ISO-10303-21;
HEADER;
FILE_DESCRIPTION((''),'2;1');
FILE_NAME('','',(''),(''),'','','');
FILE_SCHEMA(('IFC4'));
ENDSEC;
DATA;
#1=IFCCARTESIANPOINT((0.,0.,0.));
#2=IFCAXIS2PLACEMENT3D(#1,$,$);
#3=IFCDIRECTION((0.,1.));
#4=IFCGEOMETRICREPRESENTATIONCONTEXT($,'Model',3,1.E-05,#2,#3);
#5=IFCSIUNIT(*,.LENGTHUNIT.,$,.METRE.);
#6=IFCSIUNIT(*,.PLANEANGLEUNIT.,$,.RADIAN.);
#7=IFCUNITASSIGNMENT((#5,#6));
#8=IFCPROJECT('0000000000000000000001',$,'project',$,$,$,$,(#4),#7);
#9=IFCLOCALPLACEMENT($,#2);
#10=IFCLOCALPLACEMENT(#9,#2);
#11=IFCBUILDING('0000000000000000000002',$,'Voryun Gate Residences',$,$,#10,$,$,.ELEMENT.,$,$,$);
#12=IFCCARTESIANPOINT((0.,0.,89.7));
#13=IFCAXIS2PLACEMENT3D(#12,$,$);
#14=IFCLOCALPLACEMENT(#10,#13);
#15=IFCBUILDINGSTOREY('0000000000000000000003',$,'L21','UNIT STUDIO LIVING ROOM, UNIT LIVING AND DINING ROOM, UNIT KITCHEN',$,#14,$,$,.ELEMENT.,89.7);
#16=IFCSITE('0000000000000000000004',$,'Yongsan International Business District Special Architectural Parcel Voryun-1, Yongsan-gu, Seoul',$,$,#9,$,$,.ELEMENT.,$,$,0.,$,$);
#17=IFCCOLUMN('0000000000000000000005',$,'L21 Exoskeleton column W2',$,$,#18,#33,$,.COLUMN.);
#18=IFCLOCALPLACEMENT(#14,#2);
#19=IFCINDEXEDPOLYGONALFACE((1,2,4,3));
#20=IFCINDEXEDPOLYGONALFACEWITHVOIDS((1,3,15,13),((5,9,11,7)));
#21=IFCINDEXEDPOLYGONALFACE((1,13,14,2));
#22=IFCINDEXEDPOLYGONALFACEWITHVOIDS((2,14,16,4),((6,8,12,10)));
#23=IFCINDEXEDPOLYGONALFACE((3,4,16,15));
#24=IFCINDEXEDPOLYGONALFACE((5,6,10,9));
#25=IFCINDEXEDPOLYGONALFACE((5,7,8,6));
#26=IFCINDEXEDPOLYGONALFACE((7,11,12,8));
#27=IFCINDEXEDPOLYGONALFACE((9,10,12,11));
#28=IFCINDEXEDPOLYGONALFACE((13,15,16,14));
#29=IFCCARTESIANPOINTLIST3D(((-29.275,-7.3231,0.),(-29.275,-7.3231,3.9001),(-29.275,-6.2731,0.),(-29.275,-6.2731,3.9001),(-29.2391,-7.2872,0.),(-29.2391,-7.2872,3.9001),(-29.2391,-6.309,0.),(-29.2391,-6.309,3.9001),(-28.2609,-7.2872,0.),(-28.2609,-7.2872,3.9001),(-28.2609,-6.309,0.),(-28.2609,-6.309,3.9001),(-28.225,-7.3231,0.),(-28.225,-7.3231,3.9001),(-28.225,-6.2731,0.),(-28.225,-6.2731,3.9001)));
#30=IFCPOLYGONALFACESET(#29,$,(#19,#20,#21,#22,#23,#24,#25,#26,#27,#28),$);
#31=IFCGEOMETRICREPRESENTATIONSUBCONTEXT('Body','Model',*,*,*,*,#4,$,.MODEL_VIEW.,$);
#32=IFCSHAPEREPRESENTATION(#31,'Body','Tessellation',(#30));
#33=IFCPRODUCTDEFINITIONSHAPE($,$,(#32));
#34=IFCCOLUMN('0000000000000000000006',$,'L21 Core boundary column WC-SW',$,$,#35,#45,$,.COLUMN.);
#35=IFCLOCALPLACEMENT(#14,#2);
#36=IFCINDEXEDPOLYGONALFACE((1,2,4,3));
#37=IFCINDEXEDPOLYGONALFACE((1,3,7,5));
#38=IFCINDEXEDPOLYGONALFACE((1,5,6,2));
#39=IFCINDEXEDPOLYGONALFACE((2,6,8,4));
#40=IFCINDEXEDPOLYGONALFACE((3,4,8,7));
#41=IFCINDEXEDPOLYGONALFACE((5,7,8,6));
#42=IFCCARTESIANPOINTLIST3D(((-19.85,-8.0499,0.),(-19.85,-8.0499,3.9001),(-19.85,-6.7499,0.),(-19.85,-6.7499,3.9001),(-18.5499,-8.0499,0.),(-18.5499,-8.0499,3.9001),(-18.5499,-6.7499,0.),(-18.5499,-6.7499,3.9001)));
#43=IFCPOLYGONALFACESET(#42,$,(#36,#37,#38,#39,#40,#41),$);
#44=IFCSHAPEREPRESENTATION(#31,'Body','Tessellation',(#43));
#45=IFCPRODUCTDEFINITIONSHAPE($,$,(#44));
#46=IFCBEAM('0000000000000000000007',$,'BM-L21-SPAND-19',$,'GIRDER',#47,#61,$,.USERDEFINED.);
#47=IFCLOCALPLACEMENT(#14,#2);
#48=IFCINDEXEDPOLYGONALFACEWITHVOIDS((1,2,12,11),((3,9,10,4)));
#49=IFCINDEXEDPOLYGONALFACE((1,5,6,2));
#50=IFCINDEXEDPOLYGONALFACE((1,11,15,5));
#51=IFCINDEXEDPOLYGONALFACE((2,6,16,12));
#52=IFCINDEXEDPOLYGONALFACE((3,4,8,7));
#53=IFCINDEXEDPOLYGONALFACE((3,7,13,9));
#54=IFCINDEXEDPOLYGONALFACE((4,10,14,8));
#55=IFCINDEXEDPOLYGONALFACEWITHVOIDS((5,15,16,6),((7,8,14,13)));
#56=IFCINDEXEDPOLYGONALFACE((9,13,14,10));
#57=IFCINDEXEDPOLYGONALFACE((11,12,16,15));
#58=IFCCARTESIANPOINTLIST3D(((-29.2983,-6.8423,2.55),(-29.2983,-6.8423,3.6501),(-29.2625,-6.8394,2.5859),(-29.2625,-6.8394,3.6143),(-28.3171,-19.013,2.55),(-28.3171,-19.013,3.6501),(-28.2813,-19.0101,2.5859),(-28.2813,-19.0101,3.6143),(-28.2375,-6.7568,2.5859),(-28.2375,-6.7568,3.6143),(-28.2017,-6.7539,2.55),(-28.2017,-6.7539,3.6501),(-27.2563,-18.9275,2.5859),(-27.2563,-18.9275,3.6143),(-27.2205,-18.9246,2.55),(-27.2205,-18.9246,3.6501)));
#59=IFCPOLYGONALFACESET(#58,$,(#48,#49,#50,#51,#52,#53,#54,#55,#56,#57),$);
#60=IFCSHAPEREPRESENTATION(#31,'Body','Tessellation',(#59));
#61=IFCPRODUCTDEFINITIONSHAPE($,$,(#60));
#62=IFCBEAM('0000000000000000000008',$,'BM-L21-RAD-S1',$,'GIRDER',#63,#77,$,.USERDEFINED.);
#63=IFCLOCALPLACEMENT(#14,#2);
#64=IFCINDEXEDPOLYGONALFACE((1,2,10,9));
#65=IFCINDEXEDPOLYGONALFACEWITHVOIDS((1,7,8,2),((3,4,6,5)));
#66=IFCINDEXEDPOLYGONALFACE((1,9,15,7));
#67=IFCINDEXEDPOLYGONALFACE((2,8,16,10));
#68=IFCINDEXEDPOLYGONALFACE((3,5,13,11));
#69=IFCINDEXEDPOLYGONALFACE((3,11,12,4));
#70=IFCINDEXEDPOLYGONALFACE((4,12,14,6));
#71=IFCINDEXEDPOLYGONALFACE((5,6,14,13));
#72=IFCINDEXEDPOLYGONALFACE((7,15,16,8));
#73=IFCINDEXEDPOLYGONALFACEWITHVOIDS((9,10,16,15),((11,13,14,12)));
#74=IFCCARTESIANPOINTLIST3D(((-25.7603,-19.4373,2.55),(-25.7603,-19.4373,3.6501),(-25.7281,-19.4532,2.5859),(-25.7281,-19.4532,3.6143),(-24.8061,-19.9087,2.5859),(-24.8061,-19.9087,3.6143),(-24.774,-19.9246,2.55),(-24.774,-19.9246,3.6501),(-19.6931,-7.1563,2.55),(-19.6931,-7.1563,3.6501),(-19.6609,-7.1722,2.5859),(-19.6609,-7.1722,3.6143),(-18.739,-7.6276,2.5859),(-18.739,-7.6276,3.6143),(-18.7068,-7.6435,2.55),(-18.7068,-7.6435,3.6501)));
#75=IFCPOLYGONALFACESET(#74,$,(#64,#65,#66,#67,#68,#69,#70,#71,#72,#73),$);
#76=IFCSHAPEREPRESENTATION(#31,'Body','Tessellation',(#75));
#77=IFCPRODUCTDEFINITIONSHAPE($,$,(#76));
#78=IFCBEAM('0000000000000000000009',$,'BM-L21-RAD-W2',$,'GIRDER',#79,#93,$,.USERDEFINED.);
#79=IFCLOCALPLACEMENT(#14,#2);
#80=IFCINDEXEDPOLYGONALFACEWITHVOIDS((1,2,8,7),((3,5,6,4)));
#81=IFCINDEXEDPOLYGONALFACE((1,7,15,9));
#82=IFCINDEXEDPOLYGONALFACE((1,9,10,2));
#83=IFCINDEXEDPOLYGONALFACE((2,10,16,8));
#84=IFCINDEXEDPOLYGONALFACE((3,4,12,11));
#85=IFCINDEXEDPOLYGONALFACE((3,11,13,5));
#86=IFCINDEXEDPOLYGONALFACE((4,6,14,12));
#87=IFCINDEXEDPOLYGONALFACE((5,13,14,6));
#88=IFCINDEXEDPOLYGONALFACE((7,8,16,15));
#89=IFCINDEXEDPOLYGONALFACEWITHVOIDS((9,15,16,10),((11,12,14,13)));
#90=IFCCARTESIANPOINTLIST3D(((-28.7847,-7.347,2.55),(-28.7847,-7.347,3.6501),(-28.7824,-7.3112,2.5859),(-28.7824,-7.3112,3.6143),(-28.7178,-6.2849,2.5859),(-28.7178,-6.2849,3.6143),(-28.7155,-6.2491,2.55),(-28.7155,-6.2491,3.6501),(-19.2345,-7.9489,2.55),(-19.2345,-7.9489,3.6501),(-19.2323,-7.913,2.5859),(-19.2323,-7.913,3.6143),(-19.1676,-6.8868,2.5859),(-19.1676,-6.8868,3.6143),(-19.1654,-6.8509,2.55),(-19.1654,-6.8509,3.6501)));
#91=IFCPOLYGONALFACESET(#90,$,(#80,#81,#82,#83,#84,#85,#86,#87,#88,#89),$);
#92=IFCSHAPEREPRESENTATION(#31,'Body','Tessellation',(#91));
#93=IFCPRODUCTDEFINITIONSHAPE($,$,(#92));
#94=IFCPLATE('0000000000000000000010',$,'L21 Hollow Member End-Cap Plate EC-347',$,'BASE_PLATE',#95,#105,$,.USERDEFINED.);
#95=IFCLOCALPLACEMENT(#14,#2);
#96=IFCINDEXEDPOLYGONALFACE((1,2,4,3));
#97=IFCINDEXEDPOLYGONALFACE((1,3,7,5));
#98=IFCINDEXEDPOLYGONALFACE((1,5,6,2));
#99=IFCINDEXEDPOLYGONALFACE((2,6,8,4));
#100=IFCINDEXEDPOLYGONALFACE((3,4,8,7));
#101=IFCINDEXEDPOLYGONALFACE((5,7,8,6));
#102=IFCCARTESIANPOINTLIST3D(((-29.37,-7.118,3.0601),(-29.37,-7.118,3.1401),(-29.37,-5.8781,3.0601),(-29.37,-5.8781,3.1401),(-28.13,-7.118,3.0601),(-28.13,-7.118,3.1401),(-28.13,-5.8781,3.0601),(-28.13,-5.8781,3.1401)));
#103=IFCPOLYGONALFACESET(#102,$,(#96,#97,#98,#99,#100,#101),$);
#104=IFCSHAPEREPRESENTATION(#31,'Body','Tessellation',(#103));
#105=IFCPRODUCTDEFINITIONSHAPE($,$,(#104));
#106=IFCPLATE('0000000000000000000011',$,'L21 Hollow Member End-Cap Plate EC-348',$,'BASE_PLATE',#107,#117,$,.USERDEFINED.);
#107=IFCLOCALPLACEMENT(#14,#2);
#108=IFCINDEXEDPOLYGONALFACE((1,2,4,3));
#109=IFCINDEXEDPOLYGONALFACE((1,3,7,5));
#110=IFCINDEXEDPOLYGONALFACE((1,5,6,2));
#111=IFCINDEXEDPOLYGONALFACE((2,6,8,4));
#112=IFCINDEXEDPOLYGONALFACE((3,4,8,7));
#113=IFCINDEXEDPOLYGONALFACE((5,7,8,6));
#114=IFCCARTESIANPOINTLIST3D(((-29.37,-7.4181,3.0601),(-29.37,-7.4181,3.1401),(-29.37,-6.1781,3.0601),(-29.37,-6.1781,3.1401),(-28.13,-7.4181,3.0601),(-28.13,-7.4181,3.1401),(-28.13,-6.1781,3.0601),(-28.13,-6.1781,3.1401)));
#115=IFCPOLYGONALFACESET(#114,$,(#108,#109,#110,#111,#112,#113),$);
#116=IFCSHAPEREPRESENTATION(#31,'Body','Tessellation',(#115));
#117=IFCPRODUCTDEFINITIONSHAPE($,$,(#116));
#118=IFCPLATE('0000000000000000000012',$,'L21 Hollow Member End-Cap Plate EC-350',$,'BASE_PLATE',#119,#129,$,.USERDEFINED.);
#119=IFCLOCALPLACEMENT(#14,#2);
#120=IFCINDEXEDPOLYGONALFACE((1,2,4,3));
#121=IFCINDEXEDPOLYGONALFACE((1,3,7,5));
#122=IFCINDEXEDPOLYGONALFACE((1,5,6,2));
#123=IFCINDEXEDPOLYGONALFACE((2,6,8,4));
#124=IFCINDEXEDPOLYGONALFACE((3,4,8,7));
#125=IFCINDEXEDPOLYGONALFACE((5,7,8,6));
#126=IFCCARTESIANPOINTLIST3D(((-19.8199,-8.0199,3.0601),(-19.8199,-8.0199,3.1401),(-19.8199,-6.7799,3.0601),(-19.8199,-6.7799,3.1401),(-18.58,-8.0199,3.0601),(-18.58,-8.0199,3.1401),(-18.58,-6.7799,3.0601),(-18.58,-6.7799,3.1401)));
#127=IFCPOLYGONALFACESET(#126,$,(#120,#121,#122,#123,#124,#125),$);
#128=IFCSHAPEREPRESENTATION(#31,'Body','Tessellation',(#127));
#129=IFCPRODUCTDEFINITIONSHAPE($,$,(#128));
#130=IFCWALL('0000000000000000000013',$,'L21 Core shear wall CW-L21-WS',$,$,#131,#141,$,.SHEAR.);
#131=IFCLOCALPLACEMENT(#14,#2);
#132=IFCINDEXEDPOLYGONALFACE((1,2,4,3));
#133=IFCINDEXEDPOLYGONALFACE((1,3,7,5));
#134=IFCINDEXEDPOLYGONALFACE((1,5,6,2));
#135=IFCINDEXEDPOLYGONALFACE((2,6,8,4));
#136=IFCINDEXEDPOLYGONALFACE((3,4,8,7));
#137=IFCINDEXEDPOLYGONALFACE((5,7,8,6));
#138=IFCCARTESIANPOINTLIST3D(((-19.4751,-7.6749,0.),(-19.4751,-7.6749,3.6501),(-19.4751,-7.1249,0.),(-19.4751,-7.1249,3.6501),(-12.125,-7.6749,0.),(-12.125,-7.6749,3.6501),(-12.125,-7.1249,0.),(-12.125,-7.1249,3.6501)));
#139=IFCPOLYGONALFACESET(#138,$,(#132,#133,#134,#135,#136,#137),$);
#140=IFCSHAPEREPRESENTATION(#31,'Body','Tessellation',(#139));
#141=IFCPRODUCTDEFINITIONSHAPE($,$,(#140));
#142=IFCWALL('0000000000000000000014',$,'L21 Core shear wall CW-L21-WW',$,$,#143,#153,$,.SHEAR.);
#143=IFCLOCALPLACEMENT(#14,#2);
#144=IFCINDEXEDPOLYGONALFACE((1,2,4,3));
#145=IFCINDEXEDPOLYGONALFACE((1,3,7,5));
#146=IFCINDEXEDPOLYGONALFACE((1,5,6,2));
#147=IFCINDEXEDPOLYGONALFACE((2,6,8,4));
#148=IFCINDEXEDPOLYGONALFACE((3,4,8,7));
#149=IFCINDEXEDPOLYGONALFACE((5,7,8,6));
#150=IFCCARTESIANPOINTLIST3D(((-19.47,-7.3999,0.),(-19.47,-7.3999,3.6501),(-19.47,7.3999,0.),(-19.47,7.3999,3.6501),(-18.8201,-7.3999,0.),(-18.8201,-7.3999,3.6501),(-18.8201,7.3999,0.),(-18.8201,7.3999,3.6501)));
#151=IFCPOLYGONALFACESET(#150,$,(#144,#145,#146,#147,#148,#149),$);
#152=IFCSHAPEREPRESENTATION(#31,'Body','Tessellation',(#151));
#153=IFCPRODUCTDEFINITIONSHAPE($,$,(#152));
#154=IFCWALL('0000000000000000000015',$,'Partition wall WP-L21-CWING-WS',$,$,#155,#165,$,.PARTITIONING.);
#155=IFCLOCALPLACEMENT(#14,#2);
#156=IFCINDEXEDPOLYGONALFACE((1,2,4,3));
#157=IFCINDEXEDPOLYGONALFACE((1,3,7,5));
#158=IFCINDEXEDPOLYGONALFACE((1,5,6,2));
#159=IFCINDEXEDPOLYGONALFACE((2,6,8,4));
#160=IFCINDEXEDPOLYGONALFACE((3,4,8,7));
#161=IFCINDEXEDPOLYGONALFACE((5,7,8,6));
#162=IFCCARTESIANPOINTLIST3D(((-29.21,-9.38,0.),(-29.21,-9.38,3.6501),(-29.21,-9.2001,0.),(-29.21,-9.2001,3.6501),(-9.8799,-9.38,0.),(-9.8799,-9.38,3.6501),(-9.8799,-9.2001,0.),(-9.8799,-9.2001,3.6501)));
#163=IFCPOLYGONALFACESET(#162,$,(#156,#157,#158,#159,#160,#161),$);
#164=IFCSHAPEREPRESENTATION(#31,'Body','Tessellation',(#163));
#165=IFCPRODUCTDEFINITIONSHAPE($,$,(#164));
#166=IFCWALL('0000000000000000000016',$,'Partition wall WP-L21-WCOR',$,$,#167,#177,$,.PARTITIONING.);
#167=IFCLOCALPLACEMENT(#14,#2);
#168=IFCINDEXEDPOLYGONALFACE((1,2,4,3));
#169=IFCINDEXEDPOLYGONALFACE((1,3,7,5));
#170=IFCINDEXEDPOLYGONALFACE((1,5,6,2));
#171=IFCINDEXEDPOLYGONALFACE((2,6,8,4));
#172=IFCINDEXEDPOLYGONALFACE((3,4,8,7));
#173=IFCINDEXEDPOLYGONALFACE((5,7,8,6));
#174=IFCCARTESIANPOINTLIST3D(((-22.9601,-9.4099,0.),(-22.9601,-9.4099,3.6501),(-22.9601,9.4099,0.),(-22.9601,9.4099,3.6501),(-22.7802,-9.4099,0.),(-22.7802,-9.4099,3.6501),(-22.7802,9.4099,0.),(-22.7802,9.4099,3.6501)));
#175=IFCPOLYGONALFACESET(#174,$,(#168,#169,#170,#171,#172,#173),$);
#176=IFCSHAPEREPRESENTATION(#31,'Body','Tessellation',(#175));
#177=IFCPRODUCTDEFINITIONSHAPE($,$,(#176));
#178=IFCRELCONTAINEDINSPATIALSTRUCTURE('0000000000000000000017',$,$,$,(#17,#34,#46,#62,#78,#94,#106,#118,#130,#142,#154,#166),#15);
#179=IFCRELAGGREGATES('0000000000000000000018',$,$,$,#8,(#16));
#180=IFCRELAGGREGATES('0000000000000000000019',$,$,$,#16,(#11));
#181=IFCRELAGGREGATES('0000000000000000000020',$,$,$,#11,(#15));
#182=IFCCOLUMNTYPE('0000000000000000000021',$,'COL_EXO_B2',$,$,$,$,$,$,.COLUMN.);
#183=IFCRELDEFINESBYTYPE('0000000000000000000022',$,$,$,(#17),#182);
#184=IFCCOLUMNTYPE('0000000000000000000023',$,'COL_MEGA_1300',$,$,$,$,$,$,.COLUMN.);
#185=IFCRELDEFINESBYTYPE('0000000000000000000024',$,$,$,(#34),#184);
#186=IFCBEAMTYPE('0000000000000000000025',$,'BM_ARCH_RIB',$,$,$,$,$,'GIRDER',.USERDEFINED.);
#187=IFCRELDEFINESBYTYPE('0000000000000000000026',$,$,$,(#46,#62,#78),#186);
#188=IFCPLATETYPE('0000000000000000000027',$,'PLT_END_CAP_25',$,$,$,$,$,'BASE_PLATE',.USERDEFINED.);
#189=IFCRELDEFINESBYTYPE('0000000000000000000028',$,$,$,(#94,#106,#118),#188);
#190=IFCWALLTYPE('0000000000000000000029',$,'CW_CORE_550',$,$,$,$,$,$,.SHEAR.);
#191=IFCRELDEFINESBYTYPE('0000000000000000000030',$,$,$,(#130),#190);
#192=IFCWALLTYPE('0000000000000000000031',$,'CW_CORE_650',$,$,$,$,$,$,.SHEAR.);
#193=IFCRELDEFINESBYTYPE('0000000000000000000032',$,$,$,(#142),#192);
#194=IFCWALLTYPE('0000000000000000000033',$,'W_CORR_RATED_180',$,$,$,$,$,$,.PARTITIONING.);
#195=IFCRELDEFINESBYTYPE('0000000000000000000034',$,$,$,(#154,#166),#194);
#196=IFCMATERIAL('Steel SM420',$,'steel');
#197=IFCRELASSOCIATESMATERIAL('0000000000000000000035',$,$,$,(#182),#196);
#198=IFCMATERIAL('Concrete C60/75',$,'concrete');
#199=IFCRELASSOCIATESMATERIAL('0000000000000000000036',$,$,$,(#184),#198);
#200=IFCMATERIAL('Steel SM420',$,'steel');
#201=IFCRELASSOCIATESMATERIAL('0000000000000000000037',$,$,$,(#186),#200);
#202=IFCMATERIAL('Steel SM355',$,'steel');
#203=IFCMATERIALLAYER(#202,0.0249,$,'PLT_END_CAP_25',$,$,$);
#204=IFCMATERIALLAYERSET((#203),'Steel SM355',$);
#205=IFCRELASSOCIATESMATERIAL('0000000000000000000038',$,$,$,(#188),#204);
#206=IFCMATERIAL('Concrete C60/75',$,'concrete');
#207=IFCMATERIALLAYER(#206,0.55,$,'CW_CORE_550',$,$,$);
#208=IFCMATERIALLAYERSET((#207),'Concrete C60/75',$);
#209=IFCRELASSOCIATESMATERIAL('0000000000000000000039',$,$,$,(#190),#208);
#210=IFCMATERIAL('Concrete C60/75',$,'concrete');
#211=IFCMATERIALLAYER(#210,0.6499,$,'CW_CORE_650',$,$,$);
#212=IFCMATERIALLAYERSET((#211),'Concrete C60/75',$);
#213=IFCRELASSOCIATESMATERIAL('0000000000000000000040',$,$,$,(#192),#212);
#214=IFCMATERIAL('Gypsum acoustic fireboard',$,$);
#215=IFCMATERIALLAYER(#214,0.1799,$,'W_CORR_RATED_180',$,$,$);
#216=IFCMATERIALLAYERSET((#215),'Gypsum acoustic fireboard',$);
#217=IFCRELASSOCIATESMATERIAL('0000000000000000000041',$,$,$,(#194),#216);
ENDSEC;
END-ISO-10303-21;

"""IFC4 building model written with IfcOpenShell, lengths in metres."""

from ifc_helpers import new_model, si_unit, direction, frame, frame_2d, origin, origin_2d, place, context, subcontext, project, spatial, rectangle, hollow_rectangle, extrude, material, layer, layer_set, material_profile, profile_set, type_object, element, save


model = new_model("IFC4")

# Units and contexts
model_context = context("Model", 3, precision=1e-05, world=origin(), true_north=direction((0.0, 1.0)))
body_context = subcontext(model_context, "Body", "Model", "MODEL_VIEW")
ifc_project = project(units=[si_unit("LENGTHUNIT", "METRE"), si_unit("PLANEANGLEUNIT", "RADIAN")], contexts=[model_context])

# Site, building, storey
site_placement = place(None, origin())
site = spatial("IfcSite", under=ifc_project, at=site_placement, Name="Yongsan International Business District Special Architectural Parcel Voryun-1, Yongsan-gu, Seoul", CompositionType="ELEMENT", RefElevation=0.0)
building_placement = place(site_placement, origin())
building = spatial("IfcBuilding", under=site, at=building_placement, Name="Voryun Gate Residences", CompositionType="ELEMENT")
storey_placement = place(building_placement, frame((0.0, 0.0, 89.7)))
storey = spatial("IfcBuildingStorey", under=building, at=storey_placement, Name="L21", Description="UNIT STUDIO LIVING ROOM, UNIT LIVING AND DINING ROOM, UNIT KITCHEN", CompositionType="ELEMENT", Elevation=89.7)

# Columns
ifc_material_1 = material(Name="Steel SM420", Category="steel")
ifc_material_profile_1 = material_profile(ifc_material_1, hollow_rectangle(XDim=1.05, YDim=1.05, WallThickness=0.0359, at=origin_2d()), Name="BOX-1050x1050x36")
ifc_profile_set_1 = profile_set([ifc_material_profile_1], Name="Steel SM420")
column_type_1 = type_object("IfcColumnType", Name="COL_EXO_B2", PredefinedType="COLUMN", material=ifc_profile_set_1)
column_1_placement = place(storey_placement, frame((-28.75, -6.7981, 0.0), z_axis=(0.0, 0.0, 1.0), x_axis=(1.0, 0.0, 0.0)))
element("IfcColumn", 1, at=column_1_placement, inside=storey, type_object=column_type_1, Name="L21 Exoskeleton column W2", PredefinedType="COLUMN", context=body_context, shape_type="SweptSolid", body=[
    extrude(hollow_rectangle(XDim=1.05, YDim=1.05, WallThickness=0.0359, at=origin_2d()), origin(), (0.0, 0.0, 1.0), 3.9001),
])
ifc_material_2 = material(Name="Concrete C60/75", Category="concrete")
ifc_material_profile_2 = material_profile(ifc_material_2, rectangle(XDim=1.3, YDim=1.3, at=origin_2d()), Name="RC-1300x1300")
ifc_profile_set_2 = profile_set([ifc_material_profile_2], Name="Concrete C60/75")
column_type_2 = type_object("IfcColumnType", Name="COL_MEGA_1300", PredefinedType="COLUMN", material=ifc_profile_set_2)
column_2_placement = place(storey_placement, frame((-19.2, -7.3999, 0.0), z_axis=(0.0, 0.0, 1.0), x_axis=(1.0, 0.0, 0.0)))
element("IfcColumn", 2, at=column_2_placement, inside=storey, type_object=column_type_2, Name="L21 Core boundary column WC-SW", PredefinedType="COLUMN", context=body_context, shape_type="SweptSolid", body=[
    extrude(rectangle(XDim=1.3, YDim=1.3, at=origin_2d()), origin(), (0.0, 0.0, 1.0), 3.9001),
])

# Beams
ifc_material_3 = material(Name="Steel SM420", Category="steel")
ifc_material_profile_3 = material_profile(ifc_material_3, hollow_rectangle(XDim=1.1001, YDim=1.1001, WallThickness=0.0359, at=origin_2d()), Name="BOX-1100x1100x36")
ifc_profile_set_3 = profile_set([ifc_material_profile_3], Name="Steel SM420")
beam_type = type_object("IfcBeamType", Name="BM_ARCH_RIB", ElementType="GIRDER", PredefinedType="USERDEFINED", material=ifc_profile_set_3)
beam_1_placement = place(storey_placement, frame((-28.75, -6.7981, 3.1001), z_axis=(0.08036, -0.996766, 0.0), x_axis=(0.996766, 0.08036, 0.0)))
element("IfcBeam", 3, at=beam_1_placement, inside=storey, type_object=beam_type, Name="BM-L21-SPAND-19", ObjectType="GIRDER", PredefinedType="USERDEFINED", context=body_context, shape_type="SweptSolid", body=[
    extrude(hollow_rectangle(XDim=1.1001, YDim=1.1001, WallThickness=0.0359, at=origin_2d()), origin(), (0.0, 0.0, 1.0), 12.2102),
])
beam_2_placement = place(storey_placement, frame((-19.2, -7.3999, 3.1001), z_axis=(-0.442924, -0.896559, 0.0), x_axis=(0.896559, -0.442924, 0.0)))
element("IfcBeam", 4, at=beam_2_placement, inside=storey, type_object=beam_type, Name="BM-L21-RAD-S1", ObjectType="GIRDER", PredefinedType="USERDEFINED", context=body_context, shape_type="SweptSolid", body=[
    extrude(hollow_rectangle(XDim=1.1001, YDim=1.1001, WallThickness=0.0359, at=origin_2d()), origin(), (0.0, 0.0, 1.0), 13.698),
])
beam_3_placement = place(storey_placement, frame((-19.2, -7.3999, 3.1001), z_axis=(-0.99802, 0.062891, 0.0), x_axis=(-0.062891, -0.99802, 0.0)))
element("IfcBeam", 5, at=beam_3_placement, inside=storey, type_object=beam_type, Name="BM-L21-RAD-W2", ObjectType="GIRDER", PredefinedType="USERDEFINED", context=body_context, shape_type="SweptSolid", body=[
    extrude(hollow_rectangle(XDim=1.1001, YDim=1.1001, WallThickness=0.0359, at=origin_2d()), origin(), (0.0, 0.0, 1.0), 9.5691),
])

# Plates
ifc_material_4 = material(Name="Steel SM355", Category="steel")
ifc_layer_1 = layer(ifc_material_4, 0.0249, Name="PLT_END_CAP_25")
ifc_layer_set_1 = layer_set([ifc_layer_1], Name="Steel SM355")
plate_type = type_object("IfcPlateType", Name="PLT_END_CAP_25", ElementType="BASE_PLATE", PredefinedType="USERDEFINED", material=ifc_layer_set_1)
for number, where, z_axis, x_axis, name in (
    (6, (-28.75, -6.498, 3.0601), (0.0, 0.0, 1.0), (1.0, 0.0, 0.0), "L21 Hollow Member End-Cap Plate EC-347"),
    (7, (-28.75, -6.7981, 3.0601), (0.0, 0.0, 1.0), (1.0, 0.0, 0.0), "L21 Hollow Member End-Cap Plate EC-348"),
    (8, (-19.2, -7.3999, 3.0601), (0.0, 0.0, 1.0), (1.0, 0.0, 0.0), "L21 Hollow Member End-Cap Plate EC-350"),
):
    element("IfcPlate", number, at=place(storey_placement, frame(where, z_axis=z_axis, x_axis=x_axis)), inside=storey, type_object=plate_type, Name=name, ObjectType="BASE_PLATE", PredefinedType="USERDEFINED", context=body_context, shape_type="SweptSolid", body=[
        extrude(rectangle(XDim=1.24, YDim=1.24, at=origin_2d()), origin(), (0.0, 0.0, 1.0), 0.0801),
    ])

# Walls
ifc_material_5 = material(Name="Concrete C60/75", Category="concrete")
ifc_layer_2 = layer(ifc_material_5, 0.55, Name="CW_CORE_550")
ifc_layer_set_2 = layer_set([ifc_layer_2], Name="Concrete C60/75")
wall_type_1 = type_object("IfcWallType", Name="CW_CORE_550", PredefinedType="SHEAR", material=ifc_layer_set_2)
wall_1_placement = place(storey_placement, frame((-19.4751, -7.3999, 0.0), z_axis=(0.0, 0.0, 1.0), x_axis=(1.0, 0.0, 0.0)))
element("IfcWall", 9, at=wall_1_placement, inside=storey, type_object=wall_type_1, Name="L21 Core shear wall CW-L21-WS", PredefinedType="SHEAR", context=body_context, shape_type="SweptSolid", body=[
    extrude(rectangle(XDim=7.3501, YDim=0.55, at=frame_2d((3.675, 0.0))), origin(), (0.0, 0.0, 1.0), 3.6501),
])
ifc_material_6 = material(Name="Concrete C60/75", Category="concrete")
ifc_layer_3 = layer(ifc_material_6, 0.6499, Name="CW_CORE_650")
ifc_layer_set_3 = layer_set([ifc_layer_3], Name="Concrete C60/75")
wall_type_2 = type_object("IfcWallType", Name="CW_CORE_650", PredefinedType="SHEAR", material=ifc_layer_set_3)
wall_2_placement = place(storey_placement, frame((-19.145, -7.3999, 0.0), z_axis=(0.0, 0.0, 1.0), x_axis=(0.0, 1.0, 0.0)))
element("IfcWall", 10, at=wall_2_placement, inside=storey, type_object=wall_type_2, Name="L21 Core shear wall CW-L21-WW", PredefinedType="SHEAR", context=body_context, shape_type="SweptSolid", body=[
    extrude(rectangle(XDim=14.7998, YDim=0.6499, at=frame_2d((7.3999, 0.0))), origin(), (0.0, 0.0, 1.0), 3.6501),
])
ifc_material_7 = material(Name="Gypsum acoustic fireboard")
ifc_layer_4 = layer(ifc_material_7, 0.1799, Name="W_CORR_RATED_180")
ifc_layer_set_4 = layer_set([ifc_layer_4], Name="Gypsum acoustic fireboard")
wall_type_3 = type_object("IfcWallType", Name="W_CORR_RATED_180", PredefinedType="PARTITIONING", material=ifc_layer_set_4)
wall_3_placement = place(storey_placement, frame((-29.21, -9.29, 0.0), z_axis=(0.0, 0.0, 1.0), x_axis=(1.0, 0.0, 0.0)))
element("IfcWall", 11, at=wall_3_placement, inside=storey, type_object=wall_type_3, Name="Partition wall WP-L21-CWING-WS", PredefinedType="PARTITIONING", context=body_context, shape_type="SweptSolid", body=[
    extrude(rectangle(XDim=19.3301, YDim=0.1799, at=frame_2d((9.665, 0.0))), origin(), (0.0, 0.0, 1.0), 3.6501),
])
wall_4_placement = place(storey_placement, frame((-22.8701, -9.4099, 0.0), z_axis=(0.0, 0.0, 1.0), x_axis=(0.0, 1.0, 0.0)))
element("IfcWall", 12, at=wall_4_placement, inside=storey, type_object=wall_type_3, Name="Partition wall WP-L21-WCOR", PredefinedType="PARTITIONING", context=body_context, shape_type="SweptSolid", body=[
    extrude(rectangle(XDim=18.8198, YDim=0.1799, at=frame_2d((9.4099, 0.0))), origin(), (0.0, 0.0, 1.0), 3.6501),
])

save(model, "model.ifc")
